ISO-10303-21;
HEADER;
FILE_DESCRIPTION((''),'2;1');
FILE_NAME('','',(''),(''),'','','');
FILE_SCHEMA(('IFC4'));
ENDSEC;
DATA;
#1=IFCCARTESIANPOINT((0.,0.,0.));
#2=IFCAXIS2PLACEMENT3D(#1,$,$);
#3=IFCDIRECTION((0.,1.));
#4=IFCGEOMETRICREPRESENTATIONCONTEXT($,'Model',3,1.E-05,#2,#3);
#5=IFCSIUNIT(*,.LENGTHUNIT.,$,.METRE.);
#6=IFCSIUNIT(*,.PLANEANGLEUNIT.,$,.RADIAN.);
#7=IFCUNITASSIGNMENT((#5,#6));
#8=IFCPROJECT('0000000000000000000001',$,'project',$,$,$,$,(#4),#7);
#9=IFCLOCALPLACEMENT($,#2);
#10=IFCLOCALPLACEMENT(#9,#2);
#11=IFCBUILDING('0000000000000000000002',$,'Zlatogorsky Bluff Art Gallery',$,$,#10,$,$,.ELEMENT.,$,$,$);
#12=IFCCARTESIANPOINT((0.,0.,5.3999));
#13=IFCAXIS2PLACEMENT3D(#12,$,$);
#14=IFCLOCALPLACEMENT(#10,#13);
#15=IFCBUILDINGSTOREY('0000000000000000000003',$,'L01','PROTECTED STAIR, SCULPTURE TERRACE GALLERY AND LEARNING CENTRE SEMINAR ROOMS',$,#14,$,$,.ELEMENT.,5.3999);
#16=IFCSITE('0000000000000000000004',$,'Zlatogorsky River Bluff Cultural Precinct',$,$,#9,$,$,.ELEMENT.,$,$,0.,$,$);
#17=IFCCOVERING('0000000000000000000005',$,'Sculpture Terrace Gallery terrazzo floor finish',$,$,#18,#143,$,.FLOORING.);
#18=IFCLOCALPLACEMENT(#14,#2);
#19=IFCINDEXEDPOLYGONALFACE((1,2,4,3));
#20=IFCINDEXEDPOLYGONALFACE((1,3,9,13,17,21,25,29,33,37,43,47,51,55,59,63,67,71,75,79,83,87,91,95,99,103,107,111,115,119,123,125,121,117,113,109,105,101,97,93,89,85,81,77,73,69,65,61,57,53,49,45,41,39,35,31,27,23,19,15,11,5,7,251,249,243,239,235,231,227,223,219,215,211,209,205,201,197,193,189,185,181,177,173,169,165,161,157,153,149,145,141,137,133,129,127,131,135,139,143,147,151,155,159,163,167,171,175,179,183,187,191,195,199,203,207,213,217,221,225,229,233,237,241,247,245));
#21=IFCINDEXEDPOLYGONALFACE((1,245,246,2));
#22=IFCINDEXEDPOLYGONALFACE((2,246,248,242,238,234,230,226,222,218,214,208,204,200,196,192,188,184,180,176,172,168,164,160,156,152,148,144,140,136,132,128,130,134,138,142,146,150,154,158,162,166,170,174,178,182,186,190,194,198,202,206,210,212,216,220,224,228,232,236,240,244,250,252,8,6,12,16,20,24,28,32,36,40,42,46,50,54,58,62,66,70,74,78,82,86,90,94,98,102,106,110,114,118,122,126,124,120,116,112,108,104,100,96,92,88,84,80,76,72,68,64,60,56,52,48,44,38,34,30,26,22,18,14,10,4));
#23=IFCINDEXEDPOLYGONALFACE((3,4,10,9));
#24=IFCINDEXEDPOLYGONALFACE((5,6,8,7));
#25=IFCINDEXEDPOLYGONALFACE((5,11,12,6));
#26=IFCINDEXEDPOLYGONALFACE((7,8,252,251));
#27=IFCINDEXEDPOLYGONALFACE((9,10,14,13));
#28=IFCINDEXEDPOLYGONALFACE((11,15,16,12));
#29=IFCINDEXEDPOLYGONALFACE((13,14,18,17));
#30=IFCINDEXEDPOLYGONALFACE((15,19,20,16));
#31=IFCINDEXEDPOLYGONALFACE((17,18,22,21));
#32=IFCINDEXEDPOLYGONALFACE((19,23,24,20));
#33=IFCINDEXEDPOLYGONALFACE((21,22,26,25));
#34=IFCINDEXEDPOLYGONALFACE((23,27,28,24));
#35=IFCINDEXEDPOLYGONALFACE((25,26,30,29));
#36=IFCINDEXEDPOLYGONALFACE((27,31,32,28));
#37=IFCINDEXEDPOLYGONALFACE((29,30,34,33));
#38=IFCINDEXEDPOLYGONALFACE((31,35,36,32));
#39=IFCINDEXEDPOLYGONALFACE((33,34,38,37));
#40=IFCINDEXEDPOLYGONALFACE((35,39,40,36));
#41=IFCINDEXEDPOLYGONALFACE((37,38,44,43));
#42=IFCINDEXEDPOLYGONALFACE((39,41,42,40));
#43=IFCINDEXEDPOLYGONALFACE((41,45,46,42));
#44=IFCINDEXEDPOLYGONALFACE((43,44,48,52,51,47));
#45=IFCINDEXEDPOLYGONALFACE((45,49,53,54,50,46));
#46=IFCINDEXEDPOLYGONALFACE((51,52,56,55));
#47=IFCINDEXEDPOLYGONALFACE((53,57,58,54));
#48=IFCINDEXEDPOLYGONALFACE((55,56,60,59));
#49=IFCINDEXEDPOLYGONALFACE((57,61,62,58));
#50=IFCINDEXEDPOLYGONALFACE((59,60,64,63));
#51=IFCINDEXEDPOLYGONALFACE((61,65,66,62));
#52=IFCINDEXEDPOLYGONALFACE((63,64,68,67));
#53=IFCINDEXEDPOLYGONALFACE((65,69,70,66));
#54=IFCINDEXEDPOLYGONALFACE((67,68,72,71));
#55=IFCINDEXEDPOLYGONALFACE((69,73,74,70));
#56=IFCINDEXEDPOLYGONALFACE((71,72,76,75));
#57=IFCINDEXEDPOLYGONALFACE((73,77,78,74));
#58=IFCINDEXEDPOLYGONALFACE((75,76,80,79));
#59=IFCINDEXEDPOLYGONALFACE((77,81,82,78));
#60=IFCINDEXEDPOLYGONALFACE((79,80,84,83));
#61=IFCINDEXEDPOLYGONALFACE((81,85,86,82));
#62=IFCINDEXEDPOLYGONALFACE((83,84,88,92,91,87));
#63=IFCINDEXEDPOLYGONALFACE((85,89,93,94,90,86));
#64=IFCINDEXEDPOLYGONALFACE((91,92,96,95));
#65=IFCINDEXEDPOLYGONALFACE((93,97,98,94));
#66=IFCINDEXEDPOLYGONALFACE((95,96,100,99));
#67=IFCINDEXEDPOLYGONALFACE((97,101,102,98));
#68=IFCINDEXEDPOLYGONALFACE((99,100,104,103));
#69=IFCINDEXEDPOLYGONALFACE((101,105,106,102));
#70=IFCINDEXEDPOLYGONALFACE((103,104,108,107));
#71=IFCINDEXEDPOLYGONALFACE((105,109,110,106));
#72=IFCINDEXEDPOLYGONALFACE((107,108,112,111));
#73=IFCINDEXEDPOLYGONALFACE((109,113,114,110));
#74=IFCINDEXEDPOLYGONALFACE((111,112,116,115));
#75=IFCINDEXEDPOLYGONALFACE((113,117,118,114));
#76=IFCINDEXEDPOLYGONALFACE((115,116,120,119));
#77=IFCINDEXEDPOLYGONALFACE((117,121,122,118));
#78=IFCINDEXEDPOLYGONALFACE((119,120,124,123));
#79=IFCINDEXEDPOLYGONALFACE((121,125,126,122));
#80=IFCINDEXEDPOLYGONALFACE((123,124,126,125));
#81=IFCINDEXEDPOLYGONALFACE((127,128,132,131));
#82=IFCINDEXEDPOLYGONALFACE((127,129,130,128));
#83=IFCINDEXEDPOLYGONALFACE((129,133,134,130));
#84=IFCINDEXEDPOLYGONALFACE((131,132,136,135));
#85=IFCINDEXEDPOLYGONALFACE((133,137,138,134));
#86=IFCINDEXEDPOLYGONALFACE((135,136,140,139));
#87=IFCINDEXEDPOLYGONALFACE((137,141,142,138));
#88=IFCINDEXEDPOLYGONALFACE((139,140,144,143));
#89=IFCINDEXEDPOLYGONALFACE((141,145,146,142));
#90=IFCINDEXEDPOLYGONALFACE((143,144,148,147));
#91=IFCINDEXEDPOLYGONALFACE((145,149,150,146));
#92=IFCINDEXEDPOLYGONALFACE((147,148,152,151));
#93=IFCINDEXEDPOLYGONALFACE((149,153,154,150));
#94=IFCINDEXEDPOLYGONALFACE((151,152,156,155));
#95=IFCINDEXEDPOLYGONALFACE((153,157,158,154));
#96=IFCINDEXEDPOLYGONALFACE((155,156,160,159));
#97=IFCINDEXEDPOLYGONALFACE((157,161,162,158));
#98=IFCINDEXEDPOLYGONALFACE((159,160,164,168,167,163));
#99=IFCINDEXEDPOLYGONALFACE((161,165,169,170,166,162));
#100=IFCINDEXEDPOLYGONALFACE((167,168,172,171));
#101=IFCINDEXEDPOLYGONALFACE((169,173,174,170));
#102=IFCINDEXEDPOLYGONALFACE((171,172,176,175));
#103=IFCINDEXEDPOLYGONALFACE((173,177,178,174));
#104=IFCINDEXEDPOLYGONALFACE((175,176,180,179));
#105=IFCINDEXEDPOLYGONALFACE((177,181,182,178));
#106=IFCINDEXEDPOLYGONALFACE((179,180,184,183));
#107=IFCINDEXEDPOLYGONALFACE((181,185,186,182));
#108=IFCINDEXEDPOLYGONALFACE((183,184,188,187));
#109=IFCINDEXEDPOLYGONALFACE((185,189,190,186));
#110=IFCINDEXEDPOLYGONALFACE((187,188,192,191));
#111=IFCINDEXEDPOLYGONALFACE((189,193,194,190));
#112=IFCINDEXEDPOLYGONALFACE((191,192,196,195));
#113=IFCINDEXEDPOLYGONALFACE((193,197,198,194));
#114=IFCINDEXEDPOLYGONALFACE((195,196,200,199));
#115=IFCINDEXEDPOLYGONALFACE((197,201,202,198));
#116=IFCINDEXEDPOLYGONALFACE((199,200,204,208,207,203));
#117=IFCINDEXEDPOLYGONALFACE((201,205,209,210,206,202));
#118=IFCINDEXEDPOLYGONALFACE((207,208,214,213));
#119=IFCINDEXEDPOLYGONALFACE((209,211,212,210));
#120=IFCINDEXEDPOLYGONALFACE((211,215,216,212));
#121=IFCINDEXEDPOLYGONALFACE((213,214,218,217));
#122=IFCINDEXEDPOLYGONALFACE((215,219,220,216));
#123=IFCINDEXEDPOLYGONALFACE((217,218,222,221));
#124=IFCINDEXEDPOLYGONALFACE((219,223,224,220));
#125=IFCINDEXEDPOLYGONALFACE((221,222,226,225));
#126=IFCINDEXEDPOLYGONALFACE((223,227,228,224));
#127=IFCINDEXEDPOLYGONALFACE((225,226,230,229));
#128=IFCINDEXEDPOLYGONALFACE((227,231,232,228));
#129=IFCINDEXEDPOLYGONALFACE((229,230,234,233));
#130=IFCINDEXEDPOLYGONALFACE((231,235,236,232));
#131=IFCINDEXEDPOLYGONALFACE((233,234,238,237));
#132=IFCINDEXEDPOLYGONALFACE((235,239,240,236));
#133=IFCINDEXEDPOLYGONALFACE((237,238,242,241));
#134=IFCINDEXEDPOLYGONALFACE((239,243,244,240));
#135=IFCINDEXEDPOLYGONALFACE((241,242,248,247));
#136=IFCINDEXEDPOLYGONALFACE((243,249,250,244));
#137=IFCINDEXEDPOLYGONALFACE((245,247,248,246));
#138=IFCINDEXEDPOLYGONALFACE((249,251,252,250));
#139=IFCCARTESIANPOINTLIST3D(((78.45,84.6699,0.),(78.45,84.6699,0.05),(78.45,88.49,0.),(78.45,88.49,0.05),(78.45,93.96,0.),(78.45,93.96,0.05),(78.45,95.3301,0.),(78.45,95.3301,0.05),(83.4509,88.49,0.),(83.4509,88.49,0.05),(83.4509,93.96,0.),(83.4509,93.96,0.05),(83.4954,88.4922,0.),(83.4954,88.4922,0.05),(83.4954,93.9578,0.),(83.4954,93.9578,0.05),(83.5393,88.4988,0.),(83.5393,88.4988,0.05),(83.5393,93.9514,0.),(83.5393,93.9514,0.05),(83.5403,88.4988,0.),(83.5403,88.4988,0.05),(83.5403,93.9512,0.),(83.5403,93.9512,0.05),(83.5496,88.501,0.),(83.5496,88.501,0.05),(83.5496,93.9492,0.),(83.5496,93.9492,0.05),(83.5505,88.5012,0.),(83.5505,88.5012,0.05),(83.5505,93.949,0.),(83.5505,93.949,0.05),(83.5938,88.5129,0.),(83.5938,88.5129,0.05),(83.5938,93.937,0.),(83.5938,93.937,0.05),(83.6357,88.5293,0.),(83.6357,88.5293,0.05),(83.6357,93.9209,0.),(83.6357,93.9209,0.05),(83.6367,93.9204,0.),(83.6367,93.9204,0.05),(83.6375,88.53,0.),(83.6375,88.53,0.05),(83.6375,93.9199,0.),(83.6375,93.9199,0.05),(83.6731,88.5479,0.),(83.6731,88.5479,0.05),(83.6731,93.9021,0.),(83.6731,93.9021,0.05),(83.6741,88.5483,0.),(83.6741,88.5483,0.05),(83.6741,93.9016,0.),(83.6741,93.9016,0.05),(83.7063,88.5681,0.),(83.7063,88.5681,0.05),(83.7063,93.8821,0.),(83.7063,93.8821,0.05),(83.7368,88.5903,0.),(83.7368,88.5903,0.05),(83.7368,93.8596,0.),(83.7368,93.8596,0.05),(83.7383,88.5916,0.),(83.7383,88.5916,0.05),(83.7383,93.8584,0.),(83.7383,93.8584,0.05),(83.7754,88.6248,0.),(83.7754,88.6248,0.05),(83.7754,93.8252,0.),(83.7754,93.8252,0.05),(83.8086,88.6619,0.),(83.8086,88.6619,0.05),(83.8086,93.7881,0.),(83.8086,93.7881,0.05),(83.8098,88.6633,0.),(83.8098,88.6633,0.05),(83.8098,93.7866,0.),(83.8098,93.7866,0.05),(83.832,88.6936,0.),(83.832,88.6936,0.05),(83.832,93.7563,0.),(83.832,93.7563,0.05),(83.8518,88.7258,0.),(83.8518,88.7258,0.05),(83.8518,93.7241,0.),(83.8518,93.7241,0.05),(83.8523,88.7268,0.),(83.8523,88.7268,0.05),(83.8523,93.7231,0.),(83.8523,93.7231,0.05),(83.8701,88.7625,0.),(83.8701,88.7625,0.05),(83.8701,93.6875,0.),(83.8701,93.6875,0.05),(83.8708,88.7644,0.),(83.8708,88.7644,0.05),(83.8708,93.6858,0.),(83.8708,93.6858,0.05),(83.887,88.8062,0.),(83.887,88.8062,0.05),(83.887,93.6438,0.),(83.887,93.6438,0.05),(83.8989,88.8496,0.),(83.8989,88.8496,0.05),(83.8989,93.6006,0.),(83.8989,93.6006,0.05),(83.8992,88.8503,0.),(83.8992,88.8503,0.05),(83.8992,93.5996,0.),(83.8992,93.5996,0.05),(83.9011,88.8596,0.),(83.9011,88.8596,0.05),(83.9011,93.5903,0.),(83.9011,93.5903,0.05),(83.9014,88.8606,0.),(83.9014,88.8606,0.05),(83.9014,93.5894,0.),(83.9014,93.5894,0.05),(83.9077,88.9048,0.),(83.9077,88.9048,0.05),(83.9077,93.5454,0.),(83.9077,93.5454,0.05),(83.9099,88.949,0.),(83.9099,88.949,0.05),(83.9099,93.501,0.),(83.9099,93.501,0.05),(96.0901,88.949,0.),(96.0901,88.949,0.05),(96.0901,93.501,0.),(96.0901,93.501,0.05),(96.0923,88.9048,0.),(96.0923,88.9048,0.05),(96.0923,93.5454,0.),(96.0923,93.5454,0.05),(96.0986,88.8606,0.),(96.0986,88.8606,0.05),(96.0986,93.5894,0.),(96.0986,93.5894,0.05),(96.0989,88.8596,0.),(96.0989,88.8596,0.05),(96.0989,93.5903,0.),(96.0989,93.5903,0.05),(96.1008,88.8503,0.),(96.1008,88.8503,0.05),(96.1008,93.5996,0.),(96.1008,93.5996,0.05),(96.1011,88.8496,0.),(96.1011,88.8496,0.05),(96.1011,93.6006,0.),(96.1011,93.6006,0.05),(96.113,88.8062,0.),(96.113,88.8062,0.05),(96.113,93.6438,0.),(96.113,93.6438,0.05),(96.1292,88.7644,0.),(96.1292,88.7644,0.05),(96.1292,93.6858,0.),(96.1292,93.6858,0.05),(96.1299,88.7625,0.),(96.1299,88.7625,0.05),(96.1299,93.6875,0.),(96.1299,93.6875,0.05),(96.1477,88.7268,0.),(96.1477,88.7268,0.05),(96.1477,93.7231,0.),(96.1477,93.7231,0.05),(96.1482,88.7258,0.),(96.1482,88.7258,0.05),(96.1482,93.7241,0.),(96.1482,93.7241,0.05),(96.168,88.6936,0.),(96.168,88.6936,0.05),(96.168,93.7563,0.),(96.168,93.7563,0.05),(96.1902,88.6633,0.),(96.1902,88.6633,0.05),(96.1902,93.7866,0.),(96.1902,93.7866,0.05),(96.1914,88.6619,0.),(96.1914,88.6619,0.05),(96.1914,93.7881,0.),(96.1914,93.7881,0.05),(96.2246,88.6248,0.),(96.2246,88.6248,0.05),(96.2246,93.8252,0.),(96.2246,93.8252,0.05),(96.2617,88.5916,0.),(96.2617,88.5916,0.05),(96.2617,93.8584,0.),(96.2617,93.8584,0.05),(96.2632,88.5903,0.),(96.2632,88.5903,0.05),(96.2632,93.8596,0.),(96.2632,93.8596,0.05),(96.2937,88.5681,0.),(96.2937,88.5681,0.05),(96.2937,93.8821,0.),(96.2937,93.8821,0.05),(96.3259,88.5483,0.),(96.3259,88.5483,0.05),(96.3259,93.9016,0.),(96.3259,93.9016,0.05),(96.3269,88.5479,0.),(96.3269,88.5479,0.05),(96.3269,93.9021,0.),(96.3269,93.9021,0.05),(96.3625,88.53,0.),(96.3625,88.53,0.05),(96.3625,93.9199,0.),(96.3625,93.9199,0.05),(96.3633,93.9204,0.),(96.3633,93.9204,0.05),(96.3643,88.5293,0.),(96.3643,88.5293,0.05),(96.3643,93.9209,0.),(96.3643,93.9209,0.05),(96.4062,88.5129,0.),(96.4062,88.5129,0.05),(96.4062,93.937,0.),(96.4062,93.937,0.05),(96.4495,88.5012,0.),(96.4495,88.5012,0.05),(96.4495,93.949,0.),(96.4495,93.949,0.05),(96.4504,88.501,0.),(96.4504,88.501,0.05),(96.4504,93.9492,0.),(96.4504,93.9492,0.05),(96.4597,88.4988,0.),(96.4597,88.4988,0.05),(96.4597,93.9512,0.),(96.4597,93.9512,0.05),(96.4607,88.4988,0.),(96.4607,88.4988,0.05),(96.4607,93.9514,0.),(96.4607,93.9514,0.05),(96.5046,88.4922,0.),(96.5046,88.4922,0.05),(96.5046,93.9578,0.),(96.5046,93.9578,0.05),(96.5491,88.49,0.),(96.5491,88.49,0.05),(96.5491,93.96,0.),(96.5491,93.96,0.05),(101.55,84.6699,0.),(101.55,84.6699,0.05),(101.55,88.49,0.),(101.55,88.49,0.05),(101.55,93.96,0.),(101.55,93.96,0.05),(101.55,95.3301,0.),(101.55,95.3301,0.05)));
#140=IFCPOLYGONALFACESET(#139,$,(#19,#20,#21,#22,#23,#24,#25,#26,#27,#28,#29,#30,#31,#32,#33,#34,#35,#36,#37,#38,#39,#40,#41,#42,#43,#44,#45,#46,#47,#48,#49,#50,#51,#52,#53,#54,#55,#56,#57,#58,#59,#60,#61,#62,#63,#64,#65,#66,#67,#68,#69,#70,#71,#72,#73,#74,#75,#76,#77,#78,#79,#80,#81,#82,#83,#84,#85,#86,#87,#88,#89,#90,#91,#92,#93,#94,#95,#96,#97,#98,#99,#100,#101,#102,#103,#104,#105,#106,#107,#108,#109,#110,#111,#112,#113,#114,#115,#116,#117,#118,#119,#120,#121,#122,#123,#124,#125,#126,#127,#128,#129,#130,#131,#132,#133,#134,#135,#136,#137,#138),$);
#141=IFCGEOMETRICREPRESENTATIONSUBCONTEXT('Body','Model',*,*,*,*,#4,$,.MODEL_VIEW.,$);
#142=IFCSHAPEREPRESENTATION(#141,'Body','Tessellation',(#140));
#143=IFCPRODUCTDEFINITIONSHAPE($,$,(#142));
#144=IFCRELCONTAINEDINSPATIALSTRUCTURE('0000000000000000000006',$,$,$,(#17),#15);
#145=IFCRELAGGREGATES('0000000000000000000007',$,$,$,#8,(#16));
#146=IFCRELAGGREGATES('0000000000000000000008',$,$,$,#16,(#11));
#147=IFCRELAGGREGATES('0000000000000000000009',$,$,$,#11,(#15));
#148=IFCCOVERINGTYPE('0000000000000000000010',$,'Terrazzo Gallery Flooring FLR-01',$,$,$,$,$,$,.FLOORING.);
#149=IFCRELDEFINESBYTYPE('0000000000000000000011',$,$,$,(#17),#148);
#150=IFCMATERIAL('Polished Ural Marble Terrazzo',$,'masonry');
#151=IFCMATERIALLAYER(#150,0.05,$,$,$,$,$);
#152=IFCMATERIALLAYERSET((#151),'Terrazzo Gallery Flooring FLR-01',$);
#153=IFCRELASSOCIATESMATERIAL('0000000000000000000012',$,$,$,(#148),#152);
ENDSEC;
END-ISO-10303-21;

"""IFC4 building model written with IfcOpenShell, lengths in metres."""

from ifc_helpers import new_model, si_unit, direction, frame, origin, place, context, subcontext, project, spatial, polyline, outline, extrude, material, layer, layer_set, type_object, element, save


model = new_model("IFC4")

# Units and contexts
model_context = context("Model", 3, precision=1e-05, world=origin(), true_north=direction((0.0, 1.0)))
body_context = subcontext(model_context, "Body", "Model", "MODEL_VIEW")
ifc_project = project(units=[si_unit("LENGTHUNIT", "METRE"), si_unit("PLANEANGLEUNIT", "RADIAN")], contexts=[model_context])

# Site, building, storey
site_placement = place(None, origin())
site = spatial("IfcSite", under=ifc_project, at=site_placement, Name="Zlatogorsky River Bluff Cultural Precinct", CompositionType="ELEMENT", RefElevation=0.0)
building_placement = place(site_placement, origin())
building = spatial("IfcBuilding", under=site, at=building_placement, Name="Zlatogorsky Bluff Art Gallery", CompositionType="ELEMENT")
storey_placement = place(building_placement, frame((0.0, 0.0, 5.3999)))
storey = spatial("IfcBuildingStorey", under=building, at=storey_placement, Name="L01", Description="PROTECTED STAIR, SCULPTURE TERRACE GALLERY AND LEARNING CENTRE SEMINAR ROOMS", CompositionType="ELEMENT", Elevation=5.3999)

# Covering
ifc_material_1 = material(Name="Polished Ural Marble Terrazzo", Category="masonry")
ifc_layer_1 = layer(ifc_material_1, 0.05)
ifc_layer_set_1 = layer_set([ifc_layer_1], Name="Terrazzo Gallery Flooring FLR-01")
covering_type_1 = type_object("IfcCoveringType", Name="Terrazzo Gallery Flooring FLR-01", PredefinedType="FLOORING", material=ifc_layer_set_1)
covering_1_placement = place(storey_placement, origin())
element("IfcCovering", 1, at=covering_1_placement, inside=storey, type_object=covering_type_1, Name="Sculpture Terrace Gallery terrazzo floor finish", PredefinedType="FLOORING", context=body_context, shape_type="SweptSolid", body=[
    extrude(outline(polyline([(78.45, 88.49), (83.4509, 88.49), (83.4954, 88.4922), (83.5393, 88.4988), (83.5403, 88.4988), (83.5496, 88.501), (83.5505, 88.5012), (83.5938, 88.5129), (83.6357, 88.5293), (83.6375, 88.53), (83.6731, 88.5479), (83.6741, 88.5483), (83.7063, 88.5681), (83.7368, 88.5903), (83.7383, 88.5916), (83.7754, 88.6248), (83.8086, 88.6619), (83.8098, 88.6633), (83.832, 88.6936), (83.8518, 88.7258), (83.8523, 88.7268), (83.8701, 88.7625), (83.8708, 88.7644), (83.887, 88.8062), (83.8989, 88.8496), (83.8992, 88.8503), (83.9011, 88.8596), (83.9014, 88.8606), (83.9077, 88.9048), (83.9099, 88.949), (83.9099, 93.501), (83.9077, 93.5454), (83.9014, 93.5894), (83.9011, 93.5903), (83.8992, 93.5996), (83.8989, 93.6006), (83.887, 93.6438), (83.8708, 93.6858), (83.8701, 93.6875), (83.8523, 93.7231), (83.8518, 93.7241), (83.832, 93.7563), (83.8098, 93.7866), (83.8086, 93.7881), (83.7754, 93.8252), (83.7383, 93.8584), (83.7368, 93.8596), (83.7063, 93.8821), (83.6741, 93.9016), (83.6731, 93.9021), (83.6375, 93.9199), (83.6367, 93.9204), (83.6357, 93.9209), (83.5938, 93.937), (83.5505, 93.949), (83.5496, 93.9492), (83.5403, 93.9512), (83.5393, 93.9514), (83.4954, 93.9578), (83.4509, 93.96), (78.45, 93.96), (78.45, 95.3301), (101.55, 95.3301), (101.55, 93.96), (96.5491, 93.96), (96.5046, 93.9578), (96.4607, 93.9514), (96.4597, 93.9512), (96.4504, 93.9492), (96.4495, 93.949), (96.4062, 93.937), (96.3643, 93.9209), (96.3633, 93.9204), (96.3625, 93.9199), (96.3269, 93.9021), (96.3259, 93.9016), (96.2937, 93.8821), (96.2632, 93.8596), (96.2617, 93.8584), (96.2246, 93.8252), (96.1914, 93.7881), (96.1902, 93.7866), (96.168, 93.7563), (96.1482, 93.7241), (96.1477, 93.7231), (96.1299, 93.6875), (96.1292, 93.6858), (96.113, 93.6438), (96.1011, 93.6006), (96.1008, 93.5996), (96.0989, 93.5903), (96.0986, 93.5894), (96.0923, 93.5454), (96.0901, 93.501), (96.0901, 88.949), (96.0923, 88.9048), (96.0986, 88.8606), (96.0989, 88.8596), (96.1008, 88.8503), (96.1011, 88.8496), (96.113, 88.8062), (96.1292, 88.7644), (96.1299, 88.7625), (96.1477, 88.7268), (96.1482, 88.7258), (96.168, 88.6936), (96.1902, 88.6633), (96.1914, 88.6619), (96.2246, 88.6248), (96.2617, 88.5916), (96.2632, 88.5903), (96.2937, 88.5681), (96.3259, 88.5483), (96.3269, 88.5479), (96.3625, 88.53), (96.3643, 88.5293), (96.4062, 88.5129), (96.4495, 88.5012), (96.4504, 88.501), (96.4597, 88.4988), (96.4607, 88.4988), (96.5046, 88.4922), (96.5491, 88.49), (101.55, 88.49), (101.55, 84.6699), (78.45, 84.6699), (78.45, 88.49)])), origin(), (0.0, 0.0, 1.0), 0.05),
])

save(model, "model.ifc")
